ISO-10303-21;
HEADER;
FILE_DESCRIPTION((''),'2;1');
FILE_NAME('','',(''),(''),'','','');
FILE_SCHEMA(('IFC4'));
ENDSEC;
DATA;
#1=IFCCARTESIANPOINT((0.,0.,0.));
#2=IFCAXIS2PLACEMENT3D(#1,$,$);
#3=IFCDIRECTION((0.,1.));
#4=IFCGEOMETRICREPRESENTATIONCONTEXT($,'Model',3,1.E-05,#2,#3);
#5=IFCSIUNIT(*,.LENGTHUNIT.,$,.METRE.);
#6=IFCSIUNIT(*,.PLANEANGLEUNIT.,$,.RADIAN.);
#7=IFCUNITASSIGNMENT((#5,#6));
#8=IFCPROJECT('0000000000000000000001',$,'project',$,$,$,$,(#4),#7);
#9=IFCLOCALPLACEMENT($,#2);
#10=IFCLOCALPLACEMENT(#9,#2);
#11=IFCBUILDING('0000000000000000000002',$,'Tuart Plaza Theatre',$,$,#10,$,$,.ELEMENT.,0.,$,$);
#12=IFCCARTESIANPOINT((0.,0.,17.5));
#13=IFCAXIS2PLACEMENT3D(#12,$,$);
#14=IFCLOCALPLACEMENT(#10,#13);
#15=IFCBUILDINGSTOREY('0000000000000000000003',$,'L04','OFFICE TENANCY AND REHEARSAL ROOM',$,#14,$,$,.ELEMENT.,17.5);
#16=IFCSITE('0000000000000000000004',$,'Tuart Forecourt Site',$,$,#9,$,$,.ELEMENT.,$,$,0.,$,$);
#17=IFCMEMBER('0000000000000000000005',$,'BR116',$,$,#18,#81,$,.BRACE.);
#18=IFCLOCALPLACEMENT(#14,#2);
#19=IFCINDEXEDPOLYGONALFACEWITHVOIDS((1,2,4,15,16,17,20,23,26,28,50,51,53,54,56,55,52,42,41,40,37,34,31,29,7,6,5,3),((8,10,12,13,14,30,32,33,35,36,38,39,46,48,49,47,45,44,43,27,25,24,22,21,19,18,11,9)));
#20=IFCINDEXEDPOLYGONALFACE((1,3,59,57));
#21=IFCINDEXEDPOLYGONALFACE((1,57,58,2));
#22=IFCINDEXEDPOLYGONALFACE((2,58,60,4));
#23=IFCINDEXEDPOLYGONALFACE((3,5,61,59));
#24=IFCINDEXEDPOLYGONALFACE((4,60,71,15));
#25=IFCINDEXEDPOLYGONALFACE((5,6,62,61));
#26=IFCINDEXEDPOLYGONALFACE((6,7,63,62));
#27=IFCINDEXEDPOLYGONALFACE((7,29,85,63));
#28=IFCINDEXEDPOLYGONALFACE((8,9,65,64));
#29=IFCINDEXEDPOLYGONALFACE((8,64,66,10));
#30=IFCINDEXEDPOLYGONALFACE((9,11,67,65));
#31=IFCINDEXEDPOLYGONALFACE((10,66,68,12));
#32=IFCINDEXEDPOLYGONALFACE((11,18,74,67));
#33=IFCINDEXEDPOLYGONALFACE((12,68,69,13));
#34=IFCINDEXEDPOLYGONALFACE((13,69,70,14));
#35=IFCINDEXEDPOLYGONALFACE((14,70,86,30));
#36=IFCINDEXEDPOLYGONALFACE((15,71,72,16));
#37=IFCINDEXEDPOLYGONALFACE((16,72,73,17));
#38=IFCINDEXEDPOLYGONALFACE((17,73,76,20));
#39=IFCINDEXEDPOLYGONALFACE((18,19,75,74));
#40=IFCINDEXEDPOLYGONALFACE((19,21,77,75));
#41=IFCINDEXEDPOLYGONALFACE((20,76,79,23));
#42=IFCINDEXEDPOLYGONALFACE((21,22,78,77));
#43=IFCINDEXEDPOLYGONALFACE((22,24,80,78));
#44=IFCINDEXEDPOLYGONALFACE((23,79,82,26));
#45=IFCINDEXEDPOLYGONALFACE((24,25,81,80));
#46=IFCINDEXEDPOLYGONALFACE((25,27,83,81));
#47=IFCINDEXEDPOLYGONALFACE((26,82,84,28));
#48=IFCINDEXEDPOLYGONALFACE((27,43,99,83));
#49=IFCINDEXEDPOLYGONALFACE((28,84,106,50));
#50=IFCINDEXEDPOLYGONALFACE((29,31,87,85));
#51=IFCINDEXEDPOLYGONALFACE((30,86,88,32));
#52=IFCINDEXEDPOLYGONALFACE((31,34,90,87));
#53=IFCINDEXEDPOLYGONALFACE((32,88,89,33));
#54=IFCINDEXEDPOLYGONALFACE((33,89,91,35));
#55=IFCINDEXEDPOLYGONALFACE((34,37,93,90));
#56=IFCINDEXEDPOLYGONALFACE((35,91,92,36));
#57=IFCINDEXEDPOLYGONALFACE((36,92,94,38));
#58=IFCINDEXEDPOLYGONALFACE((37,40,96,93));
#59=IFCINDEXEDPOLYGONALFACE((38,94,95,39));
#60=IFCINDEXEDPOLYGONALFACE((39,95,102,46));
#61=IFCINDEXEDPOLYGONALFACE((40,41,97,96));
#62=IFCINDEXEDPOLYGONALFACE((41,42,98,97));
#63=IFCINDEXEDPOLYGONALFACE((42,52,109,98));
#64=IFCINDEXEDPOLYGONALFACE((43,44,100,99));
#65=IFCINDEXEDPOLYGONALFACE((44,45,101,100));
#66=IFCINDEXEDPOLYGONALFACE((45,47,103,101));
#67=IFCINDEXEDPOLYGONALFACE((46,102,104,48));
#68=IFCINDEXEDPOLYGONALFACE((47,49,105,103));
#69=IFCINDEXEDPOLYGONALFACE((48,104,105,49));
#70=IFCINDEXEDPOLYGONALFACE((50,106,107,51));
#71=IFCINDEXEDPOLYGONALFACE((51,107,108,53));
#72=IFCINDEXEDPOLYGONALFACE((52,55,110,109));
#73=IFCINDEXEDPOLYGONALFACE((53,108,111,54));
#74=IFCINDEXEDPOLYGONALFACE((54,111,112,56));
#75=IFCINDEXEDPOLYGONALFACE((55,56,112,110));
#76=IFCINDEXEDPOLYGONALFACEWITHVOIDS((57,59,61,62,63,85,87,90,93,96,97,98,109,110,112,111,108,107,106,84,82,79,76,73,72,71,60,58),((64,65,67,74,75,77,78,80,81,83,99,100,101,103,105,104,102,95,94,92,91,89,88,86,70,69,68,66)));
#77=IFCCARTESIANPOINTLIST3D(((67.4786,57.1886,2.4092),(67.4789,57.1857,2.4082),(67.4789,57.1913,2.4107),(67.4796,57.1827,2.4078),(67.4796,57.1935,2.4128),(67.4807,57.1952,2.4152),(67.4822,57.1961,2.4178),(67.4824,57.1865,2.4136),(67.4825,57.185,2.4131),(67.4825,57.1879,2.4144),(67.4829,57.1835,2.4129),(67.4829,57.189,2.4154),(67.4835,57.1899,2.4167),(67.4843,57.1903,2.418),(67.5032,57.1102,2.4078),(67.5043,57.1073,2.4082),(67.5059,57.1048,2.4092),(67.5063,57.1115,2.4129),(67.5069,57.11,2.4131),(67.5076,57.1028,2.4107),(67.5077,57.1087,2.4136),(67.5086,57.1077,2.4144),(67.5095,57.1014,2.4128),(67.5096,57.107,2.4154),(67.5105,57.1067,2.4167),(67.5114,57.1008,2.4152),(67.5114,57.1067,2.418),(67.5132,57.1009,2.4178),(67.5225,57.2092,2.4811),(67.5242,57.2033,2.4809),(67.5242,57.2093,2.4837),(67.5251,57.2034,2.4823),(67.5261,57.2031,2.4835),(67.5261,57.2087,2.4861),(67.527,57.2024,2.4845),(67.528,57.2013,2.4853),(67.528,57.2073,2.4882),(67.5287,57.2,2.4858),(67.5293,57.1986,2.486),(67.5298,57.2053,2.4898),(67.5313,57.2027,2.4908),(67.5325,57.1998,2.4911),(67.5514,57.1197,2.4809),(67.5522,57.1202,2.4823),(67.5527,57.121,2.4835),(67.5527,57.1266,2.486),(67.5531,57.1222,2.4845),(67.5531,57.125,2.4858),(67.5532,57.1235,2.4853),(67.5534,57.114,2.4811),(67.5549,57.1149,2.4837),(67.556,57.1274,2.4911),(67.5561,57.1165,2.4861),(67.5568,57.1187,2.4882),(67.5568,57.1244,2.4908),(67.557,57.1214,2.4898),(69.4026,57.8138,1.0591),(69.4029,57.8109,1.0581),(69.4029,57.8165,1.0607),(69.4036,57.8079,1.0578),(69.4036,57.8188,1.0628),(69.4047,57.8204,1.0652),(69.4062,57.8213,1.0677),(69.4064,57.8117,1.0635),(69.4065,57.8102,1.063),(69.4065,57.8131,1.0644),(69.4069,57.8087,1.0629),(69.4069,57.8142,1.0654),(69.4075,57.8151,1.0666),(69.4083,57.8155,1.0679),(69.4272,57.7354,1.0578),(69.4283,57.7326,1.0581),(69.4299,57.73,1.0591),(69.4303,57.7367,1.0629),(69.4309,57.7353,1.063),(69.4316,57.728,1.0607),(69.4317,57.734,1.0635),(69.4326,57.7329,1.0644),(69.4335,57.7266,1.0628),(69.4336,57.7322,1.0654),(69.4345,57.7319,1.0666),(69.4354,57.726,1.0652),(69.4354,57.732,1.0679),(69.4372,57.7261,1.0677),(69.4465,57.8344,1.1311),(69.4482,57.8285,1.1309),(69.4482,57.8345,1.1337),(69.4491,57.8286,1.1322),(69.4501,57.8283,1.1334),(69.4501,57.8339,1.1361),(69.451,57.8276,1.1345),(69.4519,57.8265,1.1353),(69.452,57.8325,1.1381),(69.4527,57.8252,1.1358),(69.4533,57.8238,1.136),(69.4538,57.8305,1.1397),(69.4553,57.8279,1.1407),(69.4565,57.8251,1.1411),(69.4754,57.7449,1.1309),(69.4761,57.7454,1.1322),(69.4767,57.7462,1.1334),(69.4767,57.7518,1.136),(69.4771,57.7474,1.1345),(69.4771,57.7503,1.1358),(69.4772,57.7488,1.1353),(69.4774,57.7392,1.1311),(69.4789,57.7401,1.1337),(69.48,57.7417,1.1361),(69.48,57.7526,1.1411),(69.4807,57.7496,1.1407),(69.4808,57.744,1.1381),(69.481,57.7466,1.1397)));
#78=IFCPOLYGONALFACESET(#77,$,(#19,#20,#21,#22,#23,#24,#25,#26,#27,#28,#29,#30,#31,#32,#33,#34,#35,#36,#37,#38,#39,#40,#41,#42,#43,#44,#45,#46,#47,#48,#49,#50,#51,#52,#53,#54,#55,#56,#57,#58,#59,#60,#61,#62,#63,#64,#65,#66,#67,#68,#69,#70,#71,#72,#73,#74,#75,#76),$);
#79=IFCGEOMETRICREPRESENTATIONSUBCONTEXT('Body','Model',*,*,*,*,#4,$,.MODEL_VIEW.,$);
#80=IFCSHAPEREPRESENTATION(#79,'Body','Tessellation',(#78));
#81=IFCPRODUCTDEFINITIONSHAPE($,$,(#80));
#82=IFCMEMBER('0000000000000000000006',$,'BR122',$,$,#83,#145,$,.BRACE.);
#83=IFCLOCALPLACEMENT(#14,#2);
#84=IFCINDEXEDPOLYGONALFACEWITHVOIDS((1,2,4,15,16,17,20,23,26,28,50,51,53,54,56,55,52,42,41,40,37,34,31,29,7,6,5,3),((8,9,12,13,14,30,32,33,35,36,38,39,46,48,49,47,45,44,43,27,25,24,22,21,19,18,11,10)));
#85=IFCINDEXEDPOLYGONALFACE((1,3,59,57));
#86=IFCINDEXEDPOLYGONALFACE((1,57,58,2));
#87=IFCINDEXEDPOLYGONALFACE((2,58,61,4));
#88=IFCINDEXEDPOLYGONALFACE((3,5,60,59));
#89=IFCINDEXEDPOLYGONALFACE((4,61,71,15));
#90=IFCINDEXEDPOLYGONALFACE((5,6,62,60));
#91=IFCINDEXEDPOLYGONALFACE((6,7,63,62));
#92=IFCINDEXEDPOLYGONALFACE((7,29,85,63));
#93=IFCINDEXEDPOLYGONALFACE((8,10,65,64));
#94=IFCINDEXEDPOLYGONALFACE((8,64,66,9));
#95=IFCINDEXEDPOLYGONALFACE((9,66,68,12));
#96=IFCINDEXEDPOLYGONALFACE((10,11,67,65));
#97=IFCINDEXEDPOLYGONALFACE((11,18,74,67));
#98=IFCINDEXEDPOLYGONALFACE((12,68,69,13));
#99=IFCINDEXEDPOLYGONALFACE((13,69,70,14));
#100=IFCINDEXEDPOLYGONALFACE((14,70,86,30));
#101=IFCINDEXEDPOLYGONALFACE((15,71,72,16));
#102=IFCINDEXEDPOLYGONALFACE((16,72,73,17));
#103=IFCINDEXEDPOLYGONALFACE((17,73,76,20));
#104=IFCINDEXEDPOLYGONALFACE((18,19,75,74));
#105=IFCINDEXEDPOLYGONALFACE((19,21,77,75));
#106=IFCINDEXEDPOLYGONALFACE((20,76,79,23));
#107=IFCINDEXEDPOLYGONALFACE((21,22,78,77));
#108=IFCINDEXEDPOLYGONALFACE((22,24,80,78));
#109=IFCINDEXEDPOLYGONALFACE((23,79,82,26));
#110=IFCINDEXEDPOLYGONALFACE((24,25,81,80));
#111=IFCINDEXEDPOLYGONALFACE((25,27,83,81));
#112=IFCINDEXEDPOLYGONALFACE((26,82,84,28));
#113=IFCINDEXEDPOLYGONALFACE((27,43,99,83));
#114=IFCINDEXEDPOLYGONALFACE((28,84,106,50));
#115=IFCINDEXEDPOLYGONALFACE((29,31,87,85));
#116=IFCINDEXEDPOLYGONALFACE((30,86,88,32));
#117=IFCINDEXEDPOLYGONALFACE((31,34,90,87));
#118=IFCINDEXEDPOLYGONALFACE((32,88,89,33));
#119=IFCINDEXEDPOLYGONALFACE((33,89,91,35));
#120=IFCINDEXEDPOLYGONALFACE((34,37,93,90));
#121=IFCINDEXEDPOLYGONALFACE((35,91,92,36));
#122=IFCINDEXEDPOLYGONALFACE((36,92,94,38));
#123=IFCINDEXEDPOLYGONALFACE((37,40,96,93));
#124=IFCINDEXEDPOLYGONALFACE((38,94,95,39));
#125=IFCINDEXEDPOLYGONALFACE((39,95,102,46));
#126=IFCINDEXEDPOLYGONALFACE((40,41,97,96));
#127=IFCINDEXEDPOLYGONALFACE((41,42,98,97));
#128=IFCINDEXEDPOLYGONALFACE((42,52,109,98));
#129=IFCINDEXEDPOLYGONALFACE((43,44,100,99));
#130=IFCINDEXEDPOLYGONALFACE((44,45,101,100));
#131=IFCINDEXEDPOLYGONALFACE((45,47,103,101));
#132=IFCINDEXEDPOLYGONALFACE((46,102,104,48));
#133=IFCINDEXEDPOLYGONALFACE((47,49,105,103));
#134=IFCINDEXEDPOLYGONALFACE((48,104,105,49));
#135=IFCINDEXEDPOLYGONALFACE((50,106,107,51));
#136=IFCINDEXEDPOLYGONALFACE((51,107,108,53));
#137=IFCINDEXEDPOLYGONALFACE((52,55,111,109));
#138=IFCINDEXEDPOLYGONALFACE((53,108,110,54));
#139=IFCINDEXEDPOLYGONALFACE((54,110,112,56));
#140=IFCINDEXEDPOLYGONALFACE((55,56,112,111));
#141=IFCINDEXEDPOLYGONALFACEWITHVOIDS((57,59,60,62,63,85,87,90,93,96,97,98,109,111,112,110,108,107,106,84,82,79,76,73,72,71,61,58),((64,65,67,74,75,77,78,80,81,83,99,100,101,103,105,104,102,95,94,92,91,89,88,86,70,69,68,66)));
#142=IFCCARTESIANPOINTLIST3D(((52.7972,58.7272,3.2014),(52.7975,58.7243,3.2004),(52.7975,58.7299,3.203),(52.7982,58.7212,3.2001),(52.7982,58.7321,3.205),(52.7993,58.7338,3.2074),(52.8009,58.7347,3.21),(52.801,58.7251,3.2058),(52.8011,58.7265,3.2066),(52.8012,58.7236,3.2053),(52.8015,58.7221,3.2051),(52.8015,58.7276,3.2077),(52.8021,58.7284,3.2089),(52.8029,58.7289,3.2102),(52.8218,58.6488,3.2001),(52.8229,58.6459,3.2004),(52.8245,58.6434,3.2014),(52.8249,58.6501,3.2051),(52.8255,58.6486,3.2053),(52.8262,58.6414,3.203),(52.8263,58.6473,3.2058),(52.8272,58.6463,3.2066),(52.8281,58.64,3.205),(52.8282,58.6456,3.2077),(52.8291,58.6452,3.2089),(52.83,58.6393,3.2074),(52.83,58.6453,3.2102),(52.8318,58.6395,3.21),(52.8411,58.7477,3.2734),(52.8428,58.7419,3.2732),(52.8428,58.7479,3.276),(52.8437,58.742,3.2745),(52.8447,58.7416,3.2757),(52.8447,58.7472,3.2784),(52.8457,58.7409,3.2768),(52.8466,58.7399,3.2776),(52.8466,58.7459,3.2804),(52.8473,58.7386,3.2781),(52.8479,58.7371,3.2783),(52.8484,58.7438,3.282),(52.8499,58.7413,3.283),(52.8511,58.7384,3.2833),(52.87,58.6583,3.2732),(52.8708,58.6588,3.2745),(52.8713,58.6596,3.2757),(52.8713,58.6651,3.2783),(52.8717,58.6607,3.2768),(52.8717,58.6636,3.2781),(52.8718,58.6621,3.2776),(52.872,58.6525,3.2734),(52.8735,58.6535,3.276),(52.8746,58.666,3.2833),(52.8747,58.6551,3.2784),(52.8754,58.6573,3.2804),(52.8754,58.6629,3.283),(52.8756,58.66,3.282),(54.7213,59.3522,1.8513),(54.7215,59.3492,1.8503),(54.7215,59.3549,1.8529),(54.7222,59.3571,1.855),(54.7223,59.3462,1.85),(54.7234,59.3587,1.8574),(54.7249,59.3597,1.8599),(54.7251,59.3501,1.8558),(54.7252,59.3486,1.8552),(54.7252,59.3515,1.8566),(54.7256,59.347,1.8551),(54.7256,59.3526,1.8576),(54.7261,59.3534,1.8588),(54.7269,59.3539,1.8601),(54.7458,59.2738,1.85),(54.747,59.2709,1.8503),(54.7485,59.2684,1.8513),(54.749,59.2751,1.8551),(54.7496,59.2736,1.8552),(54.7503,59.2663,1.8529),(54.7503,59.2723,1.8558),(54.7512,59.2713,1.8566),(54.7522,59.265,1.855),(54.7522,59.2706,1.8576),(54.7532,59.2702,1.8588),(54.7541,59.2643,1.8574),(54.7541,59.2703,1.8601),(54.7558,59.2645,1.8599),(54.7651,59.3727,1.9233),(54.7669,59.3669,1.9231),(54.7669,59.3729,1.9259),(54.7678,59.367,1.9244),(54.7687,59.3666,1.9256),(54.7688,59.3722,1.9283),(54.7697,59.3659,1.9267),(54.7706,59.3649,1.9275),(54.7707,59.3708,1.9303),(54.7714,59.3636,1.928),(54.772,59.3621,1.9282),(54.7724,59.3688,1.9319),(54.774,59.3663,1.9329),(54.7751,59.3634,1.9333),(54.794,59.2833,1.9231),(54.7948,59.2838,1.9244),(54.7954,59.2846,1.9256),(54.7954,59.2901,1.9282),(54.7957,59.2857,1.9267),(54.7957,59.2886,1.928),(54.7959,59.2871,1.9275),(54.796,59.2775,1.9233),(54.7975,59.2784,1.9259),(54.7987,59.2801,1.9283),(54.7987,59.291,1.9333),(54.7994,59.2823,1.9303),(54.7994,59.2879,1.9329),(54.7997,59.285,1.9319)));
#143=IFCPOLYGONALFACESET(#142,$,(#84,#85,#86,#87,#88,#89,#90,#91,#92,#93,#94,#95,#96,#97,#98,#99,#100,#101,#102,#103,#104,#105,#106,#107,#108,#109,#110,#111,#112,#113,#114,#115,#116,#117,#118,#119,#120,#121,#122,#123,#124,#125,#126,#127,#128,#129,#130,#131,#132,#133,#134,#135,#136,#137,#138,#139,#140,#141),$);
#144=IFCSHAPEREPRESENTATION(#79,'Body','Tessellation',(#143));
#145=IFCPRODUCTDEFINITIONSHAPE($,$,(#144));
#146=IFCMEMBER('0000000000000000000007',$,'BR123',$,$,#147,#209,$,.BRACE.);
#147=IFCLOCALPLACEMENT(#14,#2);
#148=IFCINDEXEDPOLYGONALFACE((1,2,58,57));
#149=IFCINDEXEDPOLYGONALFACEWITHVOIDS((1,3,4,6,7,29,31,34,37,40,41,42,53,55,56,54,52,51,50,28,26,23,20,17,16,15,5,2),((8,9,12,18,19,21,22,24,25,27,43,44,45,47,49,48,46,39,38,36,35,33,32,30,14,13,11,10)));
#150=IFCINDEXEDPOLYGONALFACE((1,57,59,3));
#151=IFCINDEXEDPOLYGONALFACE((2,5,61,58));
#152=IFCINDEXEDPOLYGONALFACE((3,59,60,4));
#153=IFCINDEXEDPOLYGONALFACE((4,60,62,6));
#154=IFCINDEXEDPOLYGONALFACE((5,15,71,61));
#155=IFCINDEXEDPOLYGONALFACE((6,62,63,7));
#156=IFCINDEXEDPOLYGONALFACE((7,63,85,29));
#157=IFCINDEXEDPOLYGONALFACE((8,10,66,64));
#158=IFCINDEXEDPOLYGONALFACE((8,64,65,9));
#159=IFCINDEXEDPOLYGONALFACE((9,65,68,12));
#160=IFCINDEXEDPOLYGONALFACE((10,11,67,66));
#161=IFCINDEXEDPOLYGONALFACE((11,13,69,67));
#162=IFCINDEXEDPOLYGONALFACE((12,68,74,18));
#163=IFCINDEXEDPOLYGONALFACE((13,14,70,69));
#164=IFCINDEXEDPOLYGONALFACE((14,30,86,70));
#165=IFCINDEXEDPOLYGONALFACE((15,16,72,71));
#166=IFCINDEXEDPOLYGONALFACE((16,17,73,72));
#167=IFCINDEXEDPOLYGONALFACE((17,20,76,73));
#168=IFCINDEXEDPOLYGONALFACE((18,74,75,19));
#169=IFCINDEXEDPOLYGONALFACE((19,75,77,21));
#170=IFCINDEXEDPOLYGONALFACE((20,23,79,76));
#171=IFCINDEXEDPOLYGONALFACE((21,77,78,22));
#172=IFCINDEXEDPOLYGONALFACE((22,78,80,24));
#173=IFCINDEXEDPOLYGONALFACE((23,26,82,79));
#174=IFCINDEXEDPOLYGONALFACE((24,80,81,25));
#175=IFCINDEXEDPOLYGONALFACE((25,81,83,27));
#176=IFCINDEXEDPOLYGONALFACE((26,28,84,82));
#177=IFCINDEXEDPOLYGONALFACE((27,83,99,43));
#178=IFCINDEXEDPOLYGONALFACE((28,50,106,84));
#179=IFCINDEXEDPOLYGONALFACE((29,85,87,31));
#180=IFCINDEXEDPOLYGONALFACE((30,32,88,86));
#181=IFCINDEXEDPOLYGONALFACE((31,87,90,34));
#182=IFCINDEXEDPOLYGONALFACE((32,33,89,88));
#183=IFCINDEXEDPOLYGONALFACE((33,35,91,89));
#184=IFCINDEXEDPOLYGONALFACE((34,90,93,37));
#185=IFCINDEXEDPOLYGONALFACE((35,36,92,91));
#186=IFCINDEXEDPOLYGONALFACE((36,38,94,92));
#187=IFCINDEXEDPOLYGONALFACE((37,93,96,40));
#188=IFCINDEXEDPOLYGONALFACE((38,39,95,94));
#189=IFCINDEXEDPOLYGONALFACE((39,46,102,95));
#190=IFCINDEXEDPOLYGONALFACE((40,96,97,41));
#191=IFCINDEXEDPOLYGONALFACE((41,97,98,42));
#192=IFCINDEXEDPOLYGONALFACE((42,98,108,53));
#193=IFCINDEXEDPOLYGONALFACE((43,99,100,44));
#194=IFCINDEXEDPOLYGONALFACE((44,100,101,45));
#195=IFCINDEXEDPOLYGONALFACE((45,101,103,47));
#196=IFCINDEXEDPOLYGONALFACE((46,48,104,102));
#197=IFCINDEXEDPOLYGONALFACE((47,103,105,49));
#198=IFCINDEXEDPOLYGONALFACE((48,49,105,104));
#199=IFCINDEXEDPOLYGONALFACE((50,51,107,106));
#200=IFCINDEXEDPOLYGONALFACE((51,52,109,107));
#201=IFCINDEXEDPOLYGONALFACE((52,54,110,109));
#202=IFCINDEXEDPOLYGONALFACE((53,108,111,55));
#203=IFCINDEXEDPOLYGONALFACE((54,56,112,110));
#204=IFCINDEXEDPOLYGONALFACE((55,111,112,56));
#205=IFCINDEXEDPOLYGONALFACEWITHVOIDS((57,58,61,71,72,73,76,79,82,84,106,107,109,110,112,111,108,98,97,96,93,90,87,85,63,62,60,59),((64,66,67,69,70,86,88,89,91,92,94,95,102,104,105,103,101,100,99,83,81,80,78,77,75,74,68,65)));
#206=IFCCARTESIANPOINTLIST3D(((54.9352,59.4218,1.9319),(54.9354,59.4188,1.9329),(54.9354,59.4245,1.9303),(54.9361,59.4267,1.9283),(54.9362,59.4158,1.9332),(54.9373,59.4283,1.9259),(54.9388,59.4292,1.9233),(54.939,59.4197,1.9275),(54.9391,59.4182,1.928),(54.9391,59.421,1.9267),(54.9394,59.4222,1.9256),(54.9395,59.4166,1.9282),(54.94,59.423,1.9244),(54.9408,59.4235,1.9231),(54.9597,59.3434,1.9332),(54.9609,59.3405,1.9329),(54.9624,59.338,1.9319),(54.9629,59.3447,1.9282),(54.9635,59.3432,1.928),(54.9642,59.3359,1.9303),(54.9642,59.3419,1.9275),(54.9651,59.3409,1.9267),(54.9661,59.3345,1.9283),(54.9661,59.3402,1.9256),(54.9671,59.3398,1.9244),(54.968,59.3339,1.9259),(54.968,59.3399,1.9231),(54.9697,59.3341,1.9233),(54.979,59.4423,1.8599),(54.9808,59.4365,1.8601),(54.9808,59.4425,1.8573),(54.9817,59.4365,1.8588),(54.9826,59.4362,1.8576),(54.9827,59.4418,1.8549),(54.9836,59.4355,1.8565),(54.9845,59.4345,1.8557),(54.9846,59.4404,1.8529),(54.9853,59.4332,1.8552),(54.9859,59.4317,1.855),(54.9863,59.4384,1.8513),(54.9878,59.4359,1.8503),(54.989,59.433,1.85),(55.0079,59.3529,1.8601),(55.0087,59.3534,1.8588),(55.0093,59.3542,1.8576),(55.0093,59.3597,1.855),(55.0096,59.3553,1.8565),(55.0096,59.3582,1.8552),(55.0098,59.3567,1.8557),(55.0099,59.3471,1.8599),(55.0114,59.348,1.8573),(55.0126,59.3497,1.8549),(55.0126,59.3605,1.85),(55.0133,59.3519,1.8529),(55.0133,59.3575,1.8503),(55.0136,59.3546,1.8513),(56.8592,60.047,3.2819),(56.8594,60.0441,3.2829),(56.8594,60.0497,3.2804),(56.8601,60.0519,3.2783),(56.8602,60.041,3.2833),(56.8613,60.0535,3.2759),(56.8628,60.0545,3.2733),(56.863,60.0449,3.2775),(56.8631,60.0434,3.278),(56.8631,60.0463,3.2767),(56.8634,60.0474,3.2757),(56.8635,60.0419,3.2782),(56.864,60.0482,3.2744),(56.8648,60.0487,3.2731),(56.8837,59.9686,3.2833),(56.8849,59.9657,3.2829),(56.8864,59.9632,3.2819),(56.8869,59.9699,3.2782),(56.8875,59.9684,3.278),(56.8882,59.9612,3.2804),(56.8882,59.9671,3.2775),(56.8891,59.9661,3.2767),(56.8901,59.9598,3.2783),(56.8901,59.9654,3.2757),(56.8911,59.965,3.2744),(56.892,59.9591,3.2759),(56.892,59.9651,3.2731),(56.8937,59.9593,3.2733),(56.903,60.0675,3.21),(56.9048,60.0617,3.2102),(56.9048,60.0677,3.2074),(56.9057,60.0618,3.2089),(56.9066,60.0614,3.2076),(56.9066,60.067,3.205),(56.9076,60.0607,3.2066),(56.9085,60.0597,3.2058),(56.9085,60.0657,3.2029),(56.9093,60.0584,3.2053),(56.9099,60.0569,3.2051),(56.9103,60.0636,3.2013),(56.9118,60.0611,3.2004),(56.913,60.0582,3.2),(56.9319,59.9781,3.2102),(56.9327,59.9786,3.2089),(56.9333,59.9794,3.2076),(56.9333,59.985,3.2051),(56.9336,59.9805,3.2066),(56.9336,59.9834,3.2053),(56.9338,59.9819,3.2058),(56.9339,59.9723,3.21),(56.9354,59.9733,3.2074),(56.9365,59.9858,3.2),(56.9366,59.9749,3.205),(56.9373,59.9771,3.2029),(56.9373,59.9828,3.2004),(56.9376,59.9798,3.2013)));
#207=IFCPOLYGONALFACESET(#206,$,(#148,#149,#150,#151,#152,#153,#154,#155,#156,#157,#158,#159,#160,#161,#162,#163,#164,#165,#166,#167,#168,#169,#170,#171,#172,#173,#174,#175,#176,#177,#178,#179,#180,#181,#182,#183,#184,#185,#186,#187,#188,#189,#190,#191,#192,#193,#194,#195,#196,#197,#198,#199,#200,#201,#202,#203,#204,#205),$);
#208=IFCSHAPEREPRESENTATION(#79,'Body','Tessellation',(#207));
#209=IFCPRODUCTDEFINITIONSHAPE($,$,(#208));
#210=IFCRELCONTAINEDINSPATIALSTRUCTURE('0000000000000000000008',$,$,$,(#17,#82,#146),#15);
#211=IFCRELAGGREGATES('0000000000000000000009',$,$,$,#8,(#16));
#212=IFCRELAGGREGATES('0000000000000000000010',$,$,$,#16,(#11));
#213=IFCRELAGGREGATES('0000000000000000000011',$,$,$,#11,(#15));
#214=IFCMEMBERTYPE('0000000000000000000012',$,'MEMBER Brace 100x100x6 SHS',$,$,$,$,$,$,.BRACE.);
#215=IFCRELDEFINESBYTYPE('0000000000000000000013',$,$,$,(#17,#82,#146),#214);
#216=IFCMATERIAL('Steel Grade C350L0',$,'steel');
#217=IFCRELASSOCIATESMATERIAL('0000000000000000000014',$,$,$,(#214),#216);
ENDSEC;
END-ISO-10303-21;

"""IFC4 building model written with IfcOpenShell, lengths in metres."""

from ifc_helpers import new_model, si_unit, direction, frame, origin, origin_2d, place, context, subcontext, project, spatial, hollow_rectangle, extrude, material, material_profile, profile_set, type_object, element, save


model = new_model("IFC4")

# Units and contexts
model_context = context("Model", 3, precision=1e-05, world=origin(), true_north=direction((0.0, 1.0)))
body_context = subcontext(model_context, "Body", "Model", "MODEL_VIEW")
ifc_project = project(units=[si_unit("LENGTHUNIT", "METRE"), si_unit("PLANEANGLEUNIT", "RADIAN")], contexts=[model_context])

# Site, building, storey
site_placement = place(None, origin())
site = spatial("IfcSite", under=ifc_project, at=site_placement, Name="Tuart Forecourt Site", CompositionType="ELEMENT", RefElevation=0.0)
building_placement = place(site_placement, origin())
building = spatial("IfcBuilding", under=site, at=building_placement, Name="Tuart Plaza Theatre", CompositionType="ELEMENT", ElevationOfRefHeight=0.0)
storey_placement = place(building_placement, frame((0.0, 0.0, 17.5)))
storey = spatial("IfcBuildingStorey", under=building, at=storey_placement, Name="L04", Description="OFFICE TENANCY AND REHEARSAL ROOM", CompositionType="ELEMENT", Elevation=17.5)

# Members
ifc_material_1 = material(Name="Steel Grade C350L0", Category="steel")
ifc_material_profile_1 = material_profile(ifc_material_1, hollow_rectangle(XDim=0.1001, YDim=0.1001, WallThickness=0.0061, InnerFilletRadius=0.0061, OuterFilletRadius=0.012, at=origin_2d()), Name="100x100x6 SHS")
ifc_profile_set_1 = profile_set([ifc_material_profile_1], Name="Steel Grade C350L0")
member_type_1 = type_object("IfcMemberType", Name="MEMBER Brace 100x100x6 SHS", PredefinedType="BRACE", material=ifc_profile_set_1)
for number, where, z_axis, x_axis, name in (
    (1, (67.5178, 57.155, 2.4495), (0.791073, 0.257066, -0.555086), (-0.309051, 0.951046, 0.0), "BR116"),
    (2, (52.8364, 58.6936, 3.2417), (0.791093, 0.256972, -0.5551), (-0.308941, 0.951081, 0.0), "BR122"),
    (3, (54.9744, 59.3882, 1.8916), (0.791073, 0.257066, 0.555086), (-0.309051, 0.951046, 0.0), "BR123"),
):
    element("IfcMember", number, at=place(storey_placement, frame(where, z_axis=z_axis, x_axis=x_axis)), inside=storey, type_object=member_type_1, Name=name, PredefinedType="BRACE", context=body_context, shape_type="SweptSolid", body=[
        extrude(hollow_rectangle(XDim=0.1001, YDim=0.1001, WallThickness=0.0061, InnerFilletRadius=0.0061, OuterFilletRadius=0.012, at=origin_2d()), origin(), (0.0, 0.0, 1.0), 2.4321),
    ])

save(model, "model.ifc")
